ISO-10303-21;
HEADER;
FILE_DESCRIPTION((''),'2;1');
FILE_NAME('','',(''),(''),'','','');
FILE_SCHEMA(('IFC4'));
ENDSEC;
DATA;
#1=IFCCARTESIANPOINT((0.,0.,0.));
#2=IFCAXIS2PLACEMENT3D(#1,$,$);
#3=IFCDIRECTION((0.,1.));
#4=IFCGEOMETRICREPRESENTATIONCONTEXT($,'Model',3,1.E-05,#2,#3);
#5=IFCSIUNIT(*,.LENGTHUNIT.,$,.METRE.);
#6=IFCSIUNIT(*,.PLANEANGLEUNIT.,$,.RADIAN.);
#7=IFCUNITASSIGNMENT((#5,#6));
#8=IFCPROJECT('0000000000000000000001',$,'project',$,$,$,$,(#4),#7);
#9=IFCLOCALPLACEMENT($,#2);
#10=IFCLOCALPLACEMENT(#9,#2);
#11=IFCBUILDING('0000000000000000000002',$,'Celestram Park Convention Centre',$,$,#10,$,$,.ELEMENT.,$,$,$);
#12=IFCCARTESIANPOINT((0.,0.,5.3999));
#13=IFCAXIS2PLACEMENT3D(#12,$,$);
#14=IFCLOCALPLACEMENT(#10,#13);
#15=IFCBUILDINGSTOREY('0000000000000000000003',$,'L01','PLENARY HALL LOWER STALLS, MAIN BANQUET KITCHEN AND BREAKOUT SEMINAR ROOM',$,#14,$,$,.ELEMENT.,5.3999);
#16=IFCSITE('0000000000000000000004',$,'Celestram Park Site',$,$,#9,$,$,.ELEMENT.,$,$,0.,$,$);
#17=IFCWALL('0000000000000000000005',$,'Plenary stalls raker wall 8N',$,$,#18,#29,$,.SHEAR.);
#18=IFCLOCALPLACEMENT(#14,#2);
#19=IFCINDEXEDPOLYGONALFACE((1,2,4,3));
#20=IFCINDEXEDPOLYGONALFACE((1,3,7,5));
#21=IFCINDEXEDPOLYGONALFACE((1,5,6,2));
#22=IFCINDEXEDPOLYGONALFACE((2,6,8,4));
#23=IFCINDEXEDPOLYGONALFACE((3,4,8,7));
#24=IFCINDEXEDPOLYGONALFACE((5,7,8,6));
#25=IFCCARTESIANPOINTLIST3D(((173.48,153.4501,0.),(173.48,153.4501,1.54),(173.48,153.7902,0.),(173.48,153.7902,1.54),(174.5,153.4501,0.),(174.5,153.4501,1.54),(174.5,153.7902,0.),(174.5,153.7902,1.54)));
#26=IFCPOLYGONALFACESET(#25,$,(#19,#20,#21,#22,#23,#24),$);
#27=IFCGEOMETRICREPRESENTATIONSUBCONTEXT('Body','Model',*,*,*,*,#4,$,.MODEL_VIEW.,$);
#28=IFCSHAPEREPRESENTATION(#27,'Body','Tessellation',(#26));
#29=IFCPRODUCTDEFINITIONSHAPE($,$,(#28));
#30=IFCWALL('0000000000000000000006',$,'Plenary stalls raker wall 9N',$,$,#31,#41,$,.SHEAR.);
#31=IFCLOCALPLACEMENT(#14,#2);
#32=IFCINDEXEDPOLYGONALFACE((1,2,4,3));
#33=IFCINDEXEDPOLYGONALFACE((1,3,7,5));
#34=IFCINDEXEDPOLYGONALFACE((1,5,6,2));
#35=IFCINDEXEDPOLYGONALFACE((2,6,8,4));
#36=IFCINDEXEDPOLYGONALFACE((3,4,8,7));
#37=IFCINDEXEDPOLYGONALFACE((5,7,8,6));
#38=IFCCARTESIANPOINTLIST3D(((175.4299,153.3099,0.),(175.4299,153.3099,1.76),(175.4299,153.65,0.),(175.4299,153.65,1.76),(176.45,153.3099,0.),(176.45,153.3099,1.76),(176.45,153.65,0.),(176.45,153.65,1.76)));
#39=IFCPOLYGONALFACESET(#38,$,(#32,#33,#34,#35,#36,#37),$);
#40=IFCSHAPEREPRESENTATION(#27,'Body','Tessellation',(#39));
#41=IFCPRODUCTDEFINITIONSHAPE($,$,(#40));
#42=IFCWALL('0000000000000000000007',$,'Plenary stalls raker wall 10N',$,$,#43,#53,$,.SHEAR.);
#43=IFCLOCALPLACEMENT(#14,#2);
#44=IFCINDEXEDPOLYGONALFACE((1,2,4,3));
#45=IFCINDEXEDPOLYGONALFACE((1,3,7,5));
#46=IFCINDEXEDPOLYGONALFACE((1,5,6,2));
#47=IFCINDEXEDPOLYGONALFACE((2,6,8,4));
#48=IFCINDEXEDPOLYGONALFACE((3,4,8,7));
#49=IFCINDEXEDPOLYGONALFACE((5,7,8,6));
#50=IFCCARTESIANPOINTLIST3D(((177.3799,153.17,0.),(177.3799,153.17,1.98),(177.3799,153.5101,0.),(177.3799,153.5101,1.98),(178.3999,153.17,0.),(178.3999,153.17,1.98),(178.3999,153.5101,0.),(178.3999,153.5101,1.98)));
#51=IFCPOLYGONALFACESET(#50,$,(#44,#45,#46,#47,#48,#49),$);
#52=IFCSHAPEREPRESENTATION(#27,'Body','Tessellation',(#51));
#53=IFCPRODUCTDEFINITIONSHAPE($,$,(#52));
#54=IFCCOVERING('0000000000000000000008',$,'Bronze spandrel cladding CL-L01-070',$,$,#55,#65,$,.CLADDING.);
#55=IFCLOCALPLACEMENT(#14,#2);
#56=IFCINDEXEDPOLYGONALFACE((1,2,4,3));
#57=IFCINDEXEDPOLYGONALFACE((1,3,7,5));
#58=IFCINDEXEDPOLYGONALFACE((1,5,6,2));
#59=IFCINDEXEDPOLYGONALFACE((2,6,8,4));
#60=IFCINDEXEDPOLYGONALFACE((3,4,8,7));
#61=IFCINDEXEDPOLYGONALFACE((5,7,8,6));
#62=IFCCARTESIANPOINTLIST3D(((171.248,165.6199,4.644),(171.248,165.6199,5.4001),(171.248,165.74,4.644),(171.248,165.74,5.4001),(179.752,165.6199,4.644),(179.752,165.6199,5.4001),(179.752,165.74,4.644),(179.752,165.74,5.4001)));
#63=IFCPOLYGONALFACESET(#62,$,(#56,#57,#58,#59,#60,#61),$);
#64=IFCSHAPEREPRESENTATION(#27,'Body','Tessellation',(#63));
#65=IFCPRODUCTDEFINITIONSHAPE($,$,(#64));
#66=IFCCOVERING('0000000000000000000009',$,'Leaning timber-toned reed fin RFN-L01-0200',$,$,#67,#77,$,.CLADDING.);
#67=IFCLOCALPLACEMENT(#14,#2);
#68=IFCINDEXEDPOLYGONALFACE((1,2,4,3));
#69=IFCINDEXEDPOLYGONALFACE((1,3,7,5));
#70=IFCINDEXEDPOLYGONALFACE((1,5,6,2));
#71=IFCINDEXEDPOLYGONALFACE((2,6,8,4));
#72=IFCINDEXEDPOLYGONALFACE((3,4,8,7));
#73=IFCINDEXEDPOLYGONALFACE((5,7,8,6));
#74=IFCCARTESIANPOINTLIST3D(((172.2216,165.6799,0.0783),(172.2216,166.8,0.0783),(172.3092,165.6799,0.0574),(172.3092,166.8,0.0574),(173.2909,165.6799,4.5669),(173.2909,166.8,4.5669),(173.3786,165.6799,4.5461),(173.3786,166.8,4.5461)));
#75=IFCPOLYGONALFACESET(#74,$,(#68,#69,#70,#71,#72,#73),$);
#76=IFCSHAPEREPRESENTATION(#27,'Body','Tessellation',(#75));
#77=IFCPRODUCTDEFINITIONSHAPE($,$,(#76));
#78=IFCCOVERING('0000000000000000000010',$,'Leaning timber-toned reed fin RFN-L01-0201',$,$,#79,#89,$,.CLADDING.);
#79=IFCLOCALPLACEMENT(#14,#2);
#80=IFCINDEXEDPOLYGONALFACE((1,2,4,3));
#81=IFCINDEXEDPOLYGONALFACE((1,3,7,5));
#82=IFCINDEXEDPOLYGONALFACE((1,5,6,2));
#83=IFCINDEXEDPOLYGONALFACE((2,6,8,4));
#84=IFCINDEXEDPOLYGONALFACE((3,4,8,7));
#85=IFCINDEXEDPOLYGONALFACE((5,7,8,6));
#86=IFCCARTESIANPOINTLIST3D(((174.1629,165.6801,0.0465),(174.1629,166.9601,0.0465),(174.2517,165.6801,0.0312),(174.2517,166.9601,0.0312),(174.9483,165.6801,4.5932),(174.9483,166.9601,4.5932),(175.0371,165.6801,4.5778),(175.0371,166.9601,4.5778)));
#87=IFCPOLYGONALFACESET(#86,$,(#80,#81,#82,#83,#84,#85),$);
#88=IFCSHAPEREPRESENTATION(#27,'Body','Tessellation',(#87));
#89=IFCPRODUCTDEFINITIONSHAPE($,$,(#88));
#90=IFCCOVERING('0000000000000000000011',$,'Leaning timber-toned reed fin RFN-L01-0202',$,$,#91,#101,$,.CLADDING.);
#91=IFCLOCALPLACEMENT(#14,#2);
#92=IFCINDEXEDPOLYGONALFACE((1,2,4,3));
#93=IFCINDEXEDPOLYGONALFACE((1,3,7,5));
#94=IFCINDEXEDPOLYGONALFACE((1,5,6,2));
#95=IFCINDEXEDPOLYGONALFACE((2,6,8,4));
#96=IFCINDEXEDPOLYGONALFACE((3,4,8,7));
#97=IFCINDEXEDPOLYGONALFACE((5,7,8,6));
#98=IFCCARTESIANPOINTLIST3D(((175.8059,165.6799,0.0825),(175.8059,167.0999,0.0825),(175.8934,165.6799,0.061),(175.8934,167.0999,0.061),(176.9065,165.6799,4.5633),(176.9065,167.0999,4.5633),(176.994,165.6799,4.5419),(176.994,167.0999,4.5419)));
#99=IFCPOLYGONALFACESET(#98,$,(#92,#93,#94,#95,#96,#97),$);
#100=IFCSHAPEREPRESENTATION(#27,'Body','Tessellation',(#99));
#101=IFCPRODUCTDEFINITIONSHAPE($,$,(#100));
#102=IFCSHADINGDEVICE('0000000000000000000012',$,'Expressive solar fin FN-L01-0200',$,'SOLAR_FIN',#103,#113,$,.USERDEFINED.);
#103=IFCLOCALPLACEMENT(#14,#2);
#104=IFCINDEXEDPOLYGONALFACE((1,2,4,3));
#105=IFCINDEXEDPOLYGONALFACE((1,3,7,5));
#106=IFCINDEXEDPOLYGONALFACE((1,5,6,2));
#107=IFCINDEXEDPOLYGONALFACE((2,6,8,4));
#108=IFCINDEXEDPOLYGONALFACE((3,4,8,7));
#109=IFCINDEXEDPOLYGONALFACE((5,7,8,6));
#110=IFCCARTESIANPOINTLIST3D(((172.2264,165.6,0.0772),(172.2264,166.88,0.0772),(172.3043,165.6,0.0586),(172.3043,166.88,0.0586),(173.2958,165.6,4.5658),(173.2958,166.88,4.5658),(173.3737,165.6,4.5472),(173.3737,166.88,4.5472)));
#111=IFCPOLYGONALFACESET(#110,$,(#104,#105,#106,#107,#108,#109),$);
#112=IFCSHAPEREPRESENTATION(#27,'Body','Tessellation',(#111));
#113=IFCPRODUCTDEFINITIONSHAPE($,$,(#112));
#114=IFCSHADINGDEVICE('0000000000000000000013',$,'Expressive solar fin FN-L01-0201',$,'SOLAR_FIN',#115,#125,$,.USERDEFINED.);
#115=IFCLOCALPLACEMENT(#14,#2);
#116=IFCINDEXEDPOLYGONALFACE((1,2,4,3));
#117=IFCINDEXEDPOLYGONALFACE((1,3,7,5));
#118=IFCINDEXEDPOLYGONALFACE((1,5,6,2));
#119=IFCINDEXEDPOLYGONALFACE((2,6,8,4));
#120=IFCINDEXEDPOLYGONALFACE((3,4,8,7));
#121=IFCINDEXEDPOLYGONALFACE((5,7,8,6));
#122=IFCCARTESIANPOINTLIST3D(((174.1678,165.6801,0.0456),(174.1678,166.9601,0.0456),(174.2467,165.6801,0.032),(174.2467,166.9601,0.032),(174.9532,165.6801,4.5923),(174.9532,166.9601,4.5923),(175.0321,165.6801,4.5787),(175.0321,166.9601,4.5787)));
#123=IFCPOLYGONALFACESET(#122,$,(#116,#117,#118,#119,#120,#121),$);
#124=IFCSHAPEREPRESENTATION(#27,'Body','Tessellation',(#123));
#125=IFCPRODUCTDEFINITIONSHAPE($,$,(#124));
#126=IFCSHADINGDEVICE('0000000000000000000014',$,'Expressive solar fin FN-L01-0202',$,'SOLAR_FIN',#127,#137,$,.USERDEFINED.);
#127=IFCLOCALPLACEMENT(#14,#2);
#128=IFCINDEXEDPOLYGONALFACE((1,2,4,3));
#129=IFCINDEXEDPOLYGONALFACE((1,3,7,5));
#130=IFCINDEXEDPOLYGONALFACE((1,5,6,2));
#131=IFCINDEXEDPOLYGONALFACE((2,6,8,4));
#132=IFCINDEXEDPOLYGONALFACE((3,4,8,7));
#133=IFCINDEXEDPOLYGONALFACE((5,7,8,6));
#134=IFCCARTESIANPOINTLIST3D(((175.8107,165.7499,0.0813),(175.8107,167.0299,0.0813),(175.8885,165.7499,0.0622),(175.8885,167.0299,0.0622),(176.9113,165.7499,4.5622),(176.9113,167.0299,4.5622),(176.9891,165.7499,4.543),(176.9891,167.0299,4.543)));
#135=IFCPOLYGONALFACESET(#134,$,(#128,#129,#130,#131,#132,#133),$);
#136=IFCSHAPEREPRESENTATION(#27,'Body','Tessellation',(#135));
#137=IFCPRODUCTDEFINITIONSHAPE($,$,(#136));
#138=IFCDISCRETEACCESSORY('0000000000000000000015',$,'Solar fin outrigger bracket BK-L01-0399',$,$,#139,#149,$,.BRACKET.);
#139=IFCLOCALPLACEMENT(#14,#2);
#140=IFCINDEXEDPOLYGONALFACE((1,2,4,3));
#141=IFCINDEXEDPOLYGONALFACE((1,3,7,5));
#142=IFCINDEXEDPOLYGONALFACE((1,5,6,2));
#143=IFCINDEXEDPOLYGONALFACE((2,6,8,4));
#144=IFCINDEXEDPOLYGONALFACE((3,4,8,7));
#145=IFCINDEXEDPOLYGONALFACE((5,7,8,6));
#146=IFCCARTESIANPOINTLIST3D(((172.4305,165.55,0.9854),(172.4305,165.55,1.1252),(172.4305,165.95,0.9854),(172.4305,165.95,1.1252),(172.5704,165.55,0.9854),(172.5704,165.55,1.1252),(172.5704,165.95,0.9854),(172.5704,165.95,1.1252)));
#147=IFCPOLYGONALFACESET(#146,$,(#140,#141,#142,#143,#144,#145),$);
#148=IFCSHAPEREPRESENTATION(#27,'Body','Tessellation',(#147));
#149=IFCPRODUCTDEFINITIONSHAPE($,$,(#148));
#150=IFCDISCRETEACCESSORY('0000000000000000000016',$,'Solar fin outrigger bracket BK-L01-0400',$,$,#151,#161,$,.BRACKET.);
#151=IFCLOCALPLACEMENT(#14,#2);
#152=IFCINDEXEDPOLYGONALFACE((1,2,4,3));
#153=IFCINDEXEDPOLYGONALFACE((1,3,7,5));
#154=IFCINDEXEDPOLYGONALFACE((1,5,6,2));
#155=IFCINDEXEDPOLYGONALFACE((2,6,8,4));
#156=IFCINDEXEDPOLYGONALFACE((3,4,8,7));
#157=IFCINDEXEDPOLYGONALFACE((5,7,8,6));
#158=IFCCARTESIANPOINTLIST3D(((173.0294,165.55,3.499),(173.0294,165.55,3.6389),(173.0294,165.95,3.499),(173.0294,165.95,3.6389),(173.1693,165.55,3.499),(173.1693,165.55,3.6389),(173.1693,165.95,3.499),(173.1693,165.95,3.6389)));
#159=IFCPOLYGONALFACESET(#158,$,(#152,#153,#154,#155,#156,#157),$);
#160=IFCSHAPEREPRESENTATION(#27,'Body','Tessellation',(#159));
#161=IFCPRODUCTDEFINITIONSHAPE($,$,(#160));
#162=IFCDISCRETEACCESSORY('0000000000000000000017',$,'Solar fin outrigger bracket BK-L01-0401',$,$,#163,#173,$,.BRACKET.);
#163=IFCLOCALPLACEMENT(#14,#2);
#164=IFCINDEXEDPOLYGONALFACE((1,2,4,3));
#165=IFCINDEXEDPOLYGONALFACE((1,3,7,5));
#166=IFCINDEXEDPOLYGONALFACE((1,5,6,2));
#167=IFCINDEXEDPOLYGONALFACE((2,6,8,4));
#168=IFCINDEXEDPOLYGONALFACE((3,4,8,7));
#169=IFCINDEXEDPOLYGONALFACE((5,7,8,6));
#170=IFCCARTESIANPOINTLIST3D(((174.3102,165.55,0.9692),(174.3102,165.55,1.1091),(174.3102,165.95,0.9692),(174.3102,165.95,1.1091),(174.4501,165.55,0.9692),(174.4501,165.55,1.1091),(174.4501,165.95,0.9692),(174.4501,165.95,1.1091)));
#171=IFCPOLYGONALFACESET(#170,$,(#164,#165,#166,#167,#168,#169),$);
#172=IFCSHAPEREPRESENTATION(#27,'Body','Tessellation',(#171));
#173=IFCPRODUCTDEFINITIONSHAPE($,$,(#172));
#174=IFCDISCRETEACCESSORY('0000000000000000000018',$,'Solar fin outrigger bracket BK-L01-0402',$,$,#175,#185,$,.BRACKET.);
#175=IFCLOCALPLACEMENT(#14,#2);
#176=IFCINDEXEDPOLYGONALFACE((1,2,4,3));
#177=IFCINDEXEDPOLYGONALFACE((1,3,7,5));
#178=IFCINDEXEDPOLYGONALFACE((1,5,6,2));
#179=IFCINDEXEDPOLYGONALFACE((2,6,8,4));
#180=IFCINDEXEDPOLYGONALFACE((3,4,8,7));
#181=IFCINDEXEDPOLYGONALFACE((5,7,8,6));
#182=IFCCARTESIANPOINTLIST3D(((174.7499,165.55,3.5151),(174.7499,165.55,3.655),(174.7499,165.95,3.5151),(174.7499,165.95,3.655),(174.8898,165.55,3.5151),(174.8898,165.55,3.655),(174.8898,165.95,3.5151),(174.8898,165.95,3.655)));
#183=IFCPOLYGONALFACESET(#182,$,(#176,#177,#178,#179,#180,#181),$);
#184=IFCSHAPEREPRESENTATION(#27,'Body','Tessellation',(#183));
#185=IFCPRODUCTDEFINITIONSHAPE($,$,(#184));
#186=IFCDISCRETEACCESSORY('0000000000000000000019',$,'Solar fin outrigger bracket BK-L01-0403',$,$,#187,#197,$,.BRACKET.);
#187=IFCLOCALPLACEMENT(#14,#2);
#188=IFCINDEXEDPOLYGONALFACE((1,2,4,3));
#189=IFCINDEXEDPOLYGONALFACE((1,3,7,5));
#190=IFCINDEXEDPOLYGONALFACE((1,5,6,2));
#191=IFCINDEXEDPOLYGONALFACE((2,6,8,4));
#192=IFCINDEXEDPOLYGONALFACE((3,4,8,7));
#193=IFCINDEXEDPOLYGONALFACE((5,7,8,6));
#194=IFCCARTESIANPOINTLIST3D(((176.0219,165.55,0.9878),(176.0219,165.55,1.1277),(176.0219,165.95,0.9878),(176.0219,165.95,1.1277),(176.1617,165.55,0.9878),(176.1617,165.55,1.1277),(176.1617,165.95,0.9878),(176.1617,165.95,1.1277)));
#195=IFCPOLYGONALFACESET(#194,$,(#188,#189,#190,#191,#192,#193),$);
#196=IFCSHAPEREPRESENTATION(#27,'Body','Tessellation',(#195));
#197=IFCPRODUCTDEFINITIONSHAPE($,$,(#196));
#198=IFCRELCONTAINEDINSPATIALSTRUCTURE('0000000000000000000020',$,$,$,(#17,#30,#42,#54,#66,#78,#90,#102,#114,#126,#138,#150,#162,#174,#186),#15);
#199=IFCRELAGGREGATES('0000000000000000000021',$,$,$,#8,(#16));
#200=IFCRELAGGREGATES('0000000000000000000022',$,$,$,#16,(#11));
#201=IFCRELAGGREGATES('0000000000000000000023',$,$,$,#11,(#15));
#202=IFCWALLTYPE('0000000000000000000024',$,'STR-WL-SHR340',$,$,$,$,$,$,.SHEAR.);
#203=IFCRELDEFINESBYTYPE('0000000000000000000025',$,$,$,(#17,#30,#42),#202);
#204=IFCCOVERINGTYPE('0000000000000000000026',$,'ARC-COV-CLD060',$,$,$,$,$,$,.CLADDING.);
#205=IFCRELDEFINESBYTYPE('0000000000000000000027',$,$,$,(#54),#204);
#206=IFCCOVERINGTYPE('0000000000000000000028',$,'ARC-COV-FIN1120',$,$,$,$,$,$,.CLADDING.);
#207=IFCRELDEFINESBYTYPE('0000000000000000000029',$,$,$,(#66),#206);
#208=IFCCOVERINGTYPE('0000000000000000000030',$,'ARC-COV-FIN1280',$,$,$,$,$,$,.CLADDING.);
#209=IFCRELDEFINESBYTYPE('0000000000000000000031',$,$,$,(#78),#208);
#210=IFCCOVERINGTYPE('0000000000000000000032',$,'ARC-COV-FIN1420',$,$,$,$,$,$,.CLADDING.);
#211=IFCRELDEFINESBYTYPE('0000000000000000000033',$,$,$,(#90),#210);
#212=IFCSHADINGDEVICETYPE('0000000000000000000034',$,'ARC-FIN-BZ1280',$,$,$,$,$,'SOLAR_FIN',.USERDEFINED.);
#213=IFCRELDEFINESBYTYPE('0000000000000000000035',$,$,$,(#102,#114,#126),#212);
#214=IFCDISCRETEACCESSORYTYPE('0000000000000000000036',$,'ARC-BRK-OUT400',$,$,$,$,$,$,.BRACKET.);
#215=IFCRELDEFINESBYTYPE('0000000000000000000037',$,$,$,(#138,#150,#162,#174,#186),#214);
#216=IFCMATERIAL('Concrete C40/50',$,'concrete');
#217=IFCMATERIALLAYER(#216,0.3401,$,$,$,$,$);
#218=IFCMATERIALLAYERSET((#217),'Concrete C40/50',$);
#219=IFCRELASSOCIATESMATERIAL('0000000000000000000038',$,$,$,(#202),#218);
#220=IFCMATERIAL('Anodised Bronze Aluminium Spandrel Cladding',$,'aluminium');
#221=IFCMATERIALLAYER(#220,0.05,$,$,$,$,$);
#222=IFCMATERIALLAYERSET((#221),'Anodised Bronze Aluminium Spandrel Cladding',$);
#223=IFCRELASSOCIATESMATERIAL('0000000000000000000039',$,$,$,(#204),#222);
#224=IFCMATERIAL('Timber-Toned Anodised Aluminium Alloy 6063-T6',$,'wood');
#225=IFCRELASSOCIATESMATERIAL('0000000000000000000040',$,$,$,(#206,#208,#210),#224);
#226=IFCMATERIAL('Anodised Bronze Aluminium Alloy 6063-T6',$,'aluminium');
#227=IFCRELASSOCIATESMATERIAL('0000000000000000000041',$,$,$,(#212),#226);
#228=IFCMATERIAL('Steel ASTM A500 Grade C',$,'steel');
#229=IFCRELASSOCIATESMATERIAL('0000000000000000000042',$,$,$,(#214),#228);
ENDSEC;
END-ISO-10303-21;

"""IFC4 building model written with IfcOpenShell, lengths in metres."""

from ifc_helpers import new_model, si_unit, direction, frame, frame_2d, origin, origin_2d, place, context, subcontext, project, spatial, rectangle, extrude, material, layer, layer_set, material_profile, profile_set, type_object, element, save


model = new_model("IFC4")

# Units and contexts
model_context = context("Model", 3, precision=1e-05, world=origin(), true_north=direction((0.0, 1.0)))
body_context = subcontext(model_context, "Body", "Model", "MODEL_VIEW")
ifc_project = project(units=[si_unit("LENGTHUNIT", "METRE"), si_unit("PLANEANGLEUNIT", "RADIAN")], contexts=[model_context])

# Site, building, storey
site_placement = place(None, origin())
site = spatial("IfcSite", under=ifc_project, at=site_placement, Name="Celestram Park Site", CompositionType="ELEMENT", RefElevation=0.0)
building_placement = place(site_placement, origin())
building = spatial("IfcBuilding", under=site, at=building_placement, Name="Celestram Park Convention Centre", CompositionType="ELEMENT")
storey_placement = place(building_placement, frame((0.0, 0.0, 5.3999)))
storey = spatial("IfcBuildingStorey", under=building, at=storey_placement, Name="L01", Description="PLENARY HALL LOWER STALLS, MAIN BANQUET KITCHEN AND BREAKOUT SEMINAR ROOM", CompositionType="ELEMENT", Elevation=5.3999)

# Shared definitions
ifc_material_1 = material(Name="Steel ASTM A500 Grade C", Category="steel")

# Walls
ifc_material_2 = material(Name="Concrete C40/50", Category="concrete")
ifc_layer_1 = layer(ifc_material_2, 0.3401)
ifc_layer_set_1 = layer_set([ifc_layer_1], Name="Concrete C40/50")
wall_type = type_object("IfcWallType", Name="STR-WL-SHR340", PredefinedType="SHEAR", material=ifc_layer_set_1)
wall_1_placement = place(storey_placement, frame((173.48, 153.6201, 0.0), z_axis=(0.0, 0.0, 1.0), x_axis=(1.0, 0.0, 0.0)))
element("IfcWall", 1, at=wall_1_placement, inside=storey, type_object=wall_type, Name="Plenary stalls raker wall 8N", PredefinedType="SHEAR", context=body_context, shape_type="SweptSolid", body=[
    extrude(rectangle(XDim=1.02, YDim=0.3401, at=frame_2d((0.51, 0.0))), origin(), (0.0, 0.0, 1.0), 1.54),
])
wall_2_placement = place(storey_placement, frame((175.4299, 153.48, 0.0), z_axis=(0.0, 0.0, 1.0), x_axis=(1.0, 0.0, 0.0)))
element("IfcWall", 2, at=wall_2_placement, inside=storey, type_object=wall_type, Name="Plenary stalls raker wall 9N", PredefinedType="SHEAR", context=body_context, shape_type="SweptSolid", body=[
    extrude(rectangle(XDim=1.02, YDim=0.3401, at=frame_2d((0.51, 0.0))), origin(), (0.0, 0.0, 1.0), 1.76),
])
wall_3_placement = place(storey_placement, frame((177.3799, 153.3401, 0.0), z_axis=(0.0, 0.0, 1.0), x_axis=(1.0, 0.0, 0.0)))
element("IfcWall", 3, at=wall_3_placement, inside=storey, type_object=wall_type, Name="Plenary stalls raker wall 10N", PredefinedType="SHEAR", context=body_context, shape_type="SweptSolid", body=[
    extrude(rectangle(XDim=1.02, YDim=0.3401, at=frame_2d((0.51, 0.0))), origin(), (0.0, 0.0, 1.0), 1.98),
])

# Coverings
ifc_material_3 = material(Name="Anodised Bronze Aluminium Spandrel Cladding", Category="aluminium")
ifc_layer_2 = layer(ifc_material_3, 0.05)
ifc_layer_set_2 = layer_set([ifc_layer_2], Name="Anodised Bronze Aluminium Spandrel Cladding")
covering_type_1 = type_object("IfcCoveringType", Name="ARC-COV-CLD060", PredefinedType="CLADDING", material=ifc_layer_set_2)
covering_1_placement = place(storey_placement, frame((175.5, 165.6799, 4.644), z_axis=(0.0, 0.0, 1.0), x_axis=(1.0, 0.0, 0.0)))
element("IfcCovering", 4, at=covering_1_placement, inside=storey, type_object=covering_type_1, Name="Bronze spandrel cladding CL-L01-070", PredefinedType="CLADDING", context=body_context, shape_type="SweptSolid", body=[
    extrude(rectangle(XDim=8.5039, YDim=0.1201, at=origin_2d()), origin(), (0.0, 0.0, 1.0), 0.7561),
])
ifc_material_4 = material(Name="Timber-Toned Anodised Aluminium Alloy 6063-T6", Category="wood")
ifc_material_profile_1 = material_profile(ifc_material_4, rectangle(XDim=1.1201, YDim=0.0901, at=origin_2d()), Name="REED1120X90")
ifc_profile_set_1 = profile_set([ifc_material_profile_1], Name="Timber-Toned Anodised Aluminium Alloy 6063-T6")
covering_type_2 = type_object("IfcCoveringType", Name="ARC-COV-FIN1120", PredefinedType="CLADDING", material=ifc_profile_set_1)
covering_2_placement = place(storey_placement, frame((172.2654, 166.24, 0.0679), z_axis=(0.231752, 0.0, 0.972775), x_axis=(0.0, 1.0, 0.0)))
element("IfcCovering", 5, at=covering_2_placement, inside=storey, type_object=covering_type_2, Name="Leaning timber-toned reed fin RFN-L01-0200", PredefinedType="CLADDING", context=body_context, shape_type="SweptSolid", body=[
    extrude(rectangle(XDim=1.1201, YDim=0.0901, at=origin_2d()), origin(), (0.0, 0.0, 1.0), 4.6143),
])
ifc_material_profile_2 = material_profile(ifc_material_4, rectangle(XDim=1.28, YDim=0.0901, at=origin_2d()), Name="REED1280X90")
ifc_profile_set_2 = profile_set([ifc_material_profile_2], Name="Timber-Toned Anodised Aluminium Alloy 6063-T6")
covering_type_3 = type_object("IfcCoveringType", Name="ARC-COV-FIN1280", PredefinedType="CLADDING", material=ifc_profile_set_2)
covering_3_placement = place(storey_placement, frame((174.2073, 166.3201, 0.0388), z_axis=(0.170222, 0.0, 0.985406), x_axis=(0.0, 1.0, 0.0)))
element("IfcCovering", 6, at=covering_3_placement, inside=storey, type_object=covering_type_3, Name="Leaning timber-toned reed fin RFN-L01-0201", PredefinedType="CLADDING", context=body_context, shape_type="SweptSolid", body=[
    extrude(rectangle(XDim=1.28, YDim=0.0901, at=origin_2d()), origin(), (0.0, 0.0, 1.0), 4.614),
])
ifc_material_profile_3 = material_profile(ifc_material_4, rectangle(XDim=1.4199, YDim=0.0901, at=origin_2d()), Name="REED1420X90")
ifc_profile_set_3 = profile_set([ifc_material_profile_3], Name="Timber-Toned Anodised Aluminium Alloy 6063-T6")
covering_type_4 = type_object("IfcCoveringType", Name="ARC-COV-FIN1420", PredefinedType="CLADDING", material=ifc_profile_set_3)
covering_4_placement = place(storey_placement, frame((175.8496, 166.3899, 0.0718), z_axis=(0.238537, 0.0, 0.971133), x_axis=(0.0, 1.0, 0.0)))
element("IfcCovering", 7, at=covering_4_placement, inside=storey, type_object=covering_type_4, Name="Leaning timber-toned reed fin RFN-L01-0202", PredefinedType="CLADDING", context=body_context, shape_type="SweptSolid", body=[
    extrude(rectangle(XDim=1.4199, YDim=0.0901, at=origin_2d()), origin(), (0.0, 0.0, 1.0), 4.614),
])

# Shading devices
ifc_material_5 = material(Name="Anodised Bronze Aluminium Alloy 6063-T6", Category="aluminium")
ifc_material_profile_4 = material_profile(ifc_material_5, rectangle(XDim=1.28, YDim=0.0801, at=origin_2d()), Name="FIN1280X80")
ifc_profile_set_4 = profile_set([ifc_material_profile_4], Name="Anodised Bronze Aluminium Alloy 6063-T6")
shading_device_type = type_object("IfcShadingDeviceType", Name="ARC-FIN-BZ1280", ElementType="SOLAR_FIN", PredefinedType="USERDEFINED", material=ifc_profile_set_4)
shading_device_placement = place(storey_placement, frame((172.2654, 166.24, 0.0679), z_axis=(0.231752, 0.0, 0.972775), x_axis=(0.0, 1.0, 0.0)))
element("IfcShadingDevice", 8, at=shading_device_placement, inside=storey, type_object=shading_device_type, Name="Expressive solar fin FN-L01-0200", ObjectType="SOLAR_FIN", PredefinedType="USERDEFINED", context=body_context, shape_type="SweptSolid", body=[
    extrude(rectangle(XDim=1.28, YDim=0.0801, at=origin_2d()), origin(), (0.0, 0.0, 1.0), 4.6143),
])
for number, where, z_axis, x_axis, name in (
    (9, (174.2073, 166.3201, 0.0388), (0.170222, 0.0, 0.985406), (0.0, 1.0, 0.0), "Expressive solar fin FN-L01-0201"),
    (10, (175.8496, 166.3899, 0.0718), (0.238537, 0.0, 0.971133), (0.0, 1.0, 0.0), "Expressive solar fin FN-L01-0202"),
):
    element("IfcShadingDevice", number, at=place(storey_placement, frame(where, z_axis=z_axis, x_axis=x_axis)), inside=storey, type_object=shading_device_type, Name=name, ObjectType="SOLAR_FIN", PredefinedType="USERDEFINED", context=body_context, shape_type="SweptSolid", body=[
        extrude(rectangle(XDim=1.28, YDim=0.0801, at=origin_2d()), origin(), (0.0, 0.0, 1.0), 4.614),
    ])

# Discrete accessories
discrete_accessory_type = type_object("IfcDiscreteAccessoryType", Name="ARC-BRK-OUT400", PredefinedType="BRACKET", material=ifc_material_1)
for number, where, z_axis, x_axis, name in (
    (11, (172.5005, 165.75, 0.9854), (0.0, 0.0, 1.0), (0.0, 1.0, 0.0), "Solar fin outrigger bracket BK-L01-0399"),
    (12, (173.0994, 165.75, 3.499), (0.0, 0.0, 1.0), (0.0, 1.0, 0.0), "Solar fin outrigger bracket BK-L01-0400"),
    (13, (174.3801, 165.75, 0.9692), (0.0, 0.0, 1.0), (0.0, 1.0, 0.0), "Solar fin outrigger bracket BK-L01-0401"),
    (14, (174.8198, 165.75, 3.5151), (0.0, 0.0, 1.0), (0.0, 1.0, 0.0), "Solar fin outrigger bracket BK-L01-0402"),
    (15, (176.0918, 165.75, 0.9878), (0.0, 0.0, 1.0), (0.0, 1.0, 0.0), "Solar fin outrigger bracket BK-L01-0403"),
):
    element("IfcDiscreteAccessory", number, at=place(storey_placement, frame(where, z_axis=z_axis, x_axis=x_axis)), inside=storey, type_object=discrete_accessory_type, Name=name, PredefinedType="BRACKET", context=body_context, shape_type="SweptSolid", body=[
        extrude(rectangle(XDim=0.3999, YDim=0.1399, at=origin_2d()), origin(), (0.0, 0.0, 1.0), 0.1399),
    ])

save(model, "model.ifc")
